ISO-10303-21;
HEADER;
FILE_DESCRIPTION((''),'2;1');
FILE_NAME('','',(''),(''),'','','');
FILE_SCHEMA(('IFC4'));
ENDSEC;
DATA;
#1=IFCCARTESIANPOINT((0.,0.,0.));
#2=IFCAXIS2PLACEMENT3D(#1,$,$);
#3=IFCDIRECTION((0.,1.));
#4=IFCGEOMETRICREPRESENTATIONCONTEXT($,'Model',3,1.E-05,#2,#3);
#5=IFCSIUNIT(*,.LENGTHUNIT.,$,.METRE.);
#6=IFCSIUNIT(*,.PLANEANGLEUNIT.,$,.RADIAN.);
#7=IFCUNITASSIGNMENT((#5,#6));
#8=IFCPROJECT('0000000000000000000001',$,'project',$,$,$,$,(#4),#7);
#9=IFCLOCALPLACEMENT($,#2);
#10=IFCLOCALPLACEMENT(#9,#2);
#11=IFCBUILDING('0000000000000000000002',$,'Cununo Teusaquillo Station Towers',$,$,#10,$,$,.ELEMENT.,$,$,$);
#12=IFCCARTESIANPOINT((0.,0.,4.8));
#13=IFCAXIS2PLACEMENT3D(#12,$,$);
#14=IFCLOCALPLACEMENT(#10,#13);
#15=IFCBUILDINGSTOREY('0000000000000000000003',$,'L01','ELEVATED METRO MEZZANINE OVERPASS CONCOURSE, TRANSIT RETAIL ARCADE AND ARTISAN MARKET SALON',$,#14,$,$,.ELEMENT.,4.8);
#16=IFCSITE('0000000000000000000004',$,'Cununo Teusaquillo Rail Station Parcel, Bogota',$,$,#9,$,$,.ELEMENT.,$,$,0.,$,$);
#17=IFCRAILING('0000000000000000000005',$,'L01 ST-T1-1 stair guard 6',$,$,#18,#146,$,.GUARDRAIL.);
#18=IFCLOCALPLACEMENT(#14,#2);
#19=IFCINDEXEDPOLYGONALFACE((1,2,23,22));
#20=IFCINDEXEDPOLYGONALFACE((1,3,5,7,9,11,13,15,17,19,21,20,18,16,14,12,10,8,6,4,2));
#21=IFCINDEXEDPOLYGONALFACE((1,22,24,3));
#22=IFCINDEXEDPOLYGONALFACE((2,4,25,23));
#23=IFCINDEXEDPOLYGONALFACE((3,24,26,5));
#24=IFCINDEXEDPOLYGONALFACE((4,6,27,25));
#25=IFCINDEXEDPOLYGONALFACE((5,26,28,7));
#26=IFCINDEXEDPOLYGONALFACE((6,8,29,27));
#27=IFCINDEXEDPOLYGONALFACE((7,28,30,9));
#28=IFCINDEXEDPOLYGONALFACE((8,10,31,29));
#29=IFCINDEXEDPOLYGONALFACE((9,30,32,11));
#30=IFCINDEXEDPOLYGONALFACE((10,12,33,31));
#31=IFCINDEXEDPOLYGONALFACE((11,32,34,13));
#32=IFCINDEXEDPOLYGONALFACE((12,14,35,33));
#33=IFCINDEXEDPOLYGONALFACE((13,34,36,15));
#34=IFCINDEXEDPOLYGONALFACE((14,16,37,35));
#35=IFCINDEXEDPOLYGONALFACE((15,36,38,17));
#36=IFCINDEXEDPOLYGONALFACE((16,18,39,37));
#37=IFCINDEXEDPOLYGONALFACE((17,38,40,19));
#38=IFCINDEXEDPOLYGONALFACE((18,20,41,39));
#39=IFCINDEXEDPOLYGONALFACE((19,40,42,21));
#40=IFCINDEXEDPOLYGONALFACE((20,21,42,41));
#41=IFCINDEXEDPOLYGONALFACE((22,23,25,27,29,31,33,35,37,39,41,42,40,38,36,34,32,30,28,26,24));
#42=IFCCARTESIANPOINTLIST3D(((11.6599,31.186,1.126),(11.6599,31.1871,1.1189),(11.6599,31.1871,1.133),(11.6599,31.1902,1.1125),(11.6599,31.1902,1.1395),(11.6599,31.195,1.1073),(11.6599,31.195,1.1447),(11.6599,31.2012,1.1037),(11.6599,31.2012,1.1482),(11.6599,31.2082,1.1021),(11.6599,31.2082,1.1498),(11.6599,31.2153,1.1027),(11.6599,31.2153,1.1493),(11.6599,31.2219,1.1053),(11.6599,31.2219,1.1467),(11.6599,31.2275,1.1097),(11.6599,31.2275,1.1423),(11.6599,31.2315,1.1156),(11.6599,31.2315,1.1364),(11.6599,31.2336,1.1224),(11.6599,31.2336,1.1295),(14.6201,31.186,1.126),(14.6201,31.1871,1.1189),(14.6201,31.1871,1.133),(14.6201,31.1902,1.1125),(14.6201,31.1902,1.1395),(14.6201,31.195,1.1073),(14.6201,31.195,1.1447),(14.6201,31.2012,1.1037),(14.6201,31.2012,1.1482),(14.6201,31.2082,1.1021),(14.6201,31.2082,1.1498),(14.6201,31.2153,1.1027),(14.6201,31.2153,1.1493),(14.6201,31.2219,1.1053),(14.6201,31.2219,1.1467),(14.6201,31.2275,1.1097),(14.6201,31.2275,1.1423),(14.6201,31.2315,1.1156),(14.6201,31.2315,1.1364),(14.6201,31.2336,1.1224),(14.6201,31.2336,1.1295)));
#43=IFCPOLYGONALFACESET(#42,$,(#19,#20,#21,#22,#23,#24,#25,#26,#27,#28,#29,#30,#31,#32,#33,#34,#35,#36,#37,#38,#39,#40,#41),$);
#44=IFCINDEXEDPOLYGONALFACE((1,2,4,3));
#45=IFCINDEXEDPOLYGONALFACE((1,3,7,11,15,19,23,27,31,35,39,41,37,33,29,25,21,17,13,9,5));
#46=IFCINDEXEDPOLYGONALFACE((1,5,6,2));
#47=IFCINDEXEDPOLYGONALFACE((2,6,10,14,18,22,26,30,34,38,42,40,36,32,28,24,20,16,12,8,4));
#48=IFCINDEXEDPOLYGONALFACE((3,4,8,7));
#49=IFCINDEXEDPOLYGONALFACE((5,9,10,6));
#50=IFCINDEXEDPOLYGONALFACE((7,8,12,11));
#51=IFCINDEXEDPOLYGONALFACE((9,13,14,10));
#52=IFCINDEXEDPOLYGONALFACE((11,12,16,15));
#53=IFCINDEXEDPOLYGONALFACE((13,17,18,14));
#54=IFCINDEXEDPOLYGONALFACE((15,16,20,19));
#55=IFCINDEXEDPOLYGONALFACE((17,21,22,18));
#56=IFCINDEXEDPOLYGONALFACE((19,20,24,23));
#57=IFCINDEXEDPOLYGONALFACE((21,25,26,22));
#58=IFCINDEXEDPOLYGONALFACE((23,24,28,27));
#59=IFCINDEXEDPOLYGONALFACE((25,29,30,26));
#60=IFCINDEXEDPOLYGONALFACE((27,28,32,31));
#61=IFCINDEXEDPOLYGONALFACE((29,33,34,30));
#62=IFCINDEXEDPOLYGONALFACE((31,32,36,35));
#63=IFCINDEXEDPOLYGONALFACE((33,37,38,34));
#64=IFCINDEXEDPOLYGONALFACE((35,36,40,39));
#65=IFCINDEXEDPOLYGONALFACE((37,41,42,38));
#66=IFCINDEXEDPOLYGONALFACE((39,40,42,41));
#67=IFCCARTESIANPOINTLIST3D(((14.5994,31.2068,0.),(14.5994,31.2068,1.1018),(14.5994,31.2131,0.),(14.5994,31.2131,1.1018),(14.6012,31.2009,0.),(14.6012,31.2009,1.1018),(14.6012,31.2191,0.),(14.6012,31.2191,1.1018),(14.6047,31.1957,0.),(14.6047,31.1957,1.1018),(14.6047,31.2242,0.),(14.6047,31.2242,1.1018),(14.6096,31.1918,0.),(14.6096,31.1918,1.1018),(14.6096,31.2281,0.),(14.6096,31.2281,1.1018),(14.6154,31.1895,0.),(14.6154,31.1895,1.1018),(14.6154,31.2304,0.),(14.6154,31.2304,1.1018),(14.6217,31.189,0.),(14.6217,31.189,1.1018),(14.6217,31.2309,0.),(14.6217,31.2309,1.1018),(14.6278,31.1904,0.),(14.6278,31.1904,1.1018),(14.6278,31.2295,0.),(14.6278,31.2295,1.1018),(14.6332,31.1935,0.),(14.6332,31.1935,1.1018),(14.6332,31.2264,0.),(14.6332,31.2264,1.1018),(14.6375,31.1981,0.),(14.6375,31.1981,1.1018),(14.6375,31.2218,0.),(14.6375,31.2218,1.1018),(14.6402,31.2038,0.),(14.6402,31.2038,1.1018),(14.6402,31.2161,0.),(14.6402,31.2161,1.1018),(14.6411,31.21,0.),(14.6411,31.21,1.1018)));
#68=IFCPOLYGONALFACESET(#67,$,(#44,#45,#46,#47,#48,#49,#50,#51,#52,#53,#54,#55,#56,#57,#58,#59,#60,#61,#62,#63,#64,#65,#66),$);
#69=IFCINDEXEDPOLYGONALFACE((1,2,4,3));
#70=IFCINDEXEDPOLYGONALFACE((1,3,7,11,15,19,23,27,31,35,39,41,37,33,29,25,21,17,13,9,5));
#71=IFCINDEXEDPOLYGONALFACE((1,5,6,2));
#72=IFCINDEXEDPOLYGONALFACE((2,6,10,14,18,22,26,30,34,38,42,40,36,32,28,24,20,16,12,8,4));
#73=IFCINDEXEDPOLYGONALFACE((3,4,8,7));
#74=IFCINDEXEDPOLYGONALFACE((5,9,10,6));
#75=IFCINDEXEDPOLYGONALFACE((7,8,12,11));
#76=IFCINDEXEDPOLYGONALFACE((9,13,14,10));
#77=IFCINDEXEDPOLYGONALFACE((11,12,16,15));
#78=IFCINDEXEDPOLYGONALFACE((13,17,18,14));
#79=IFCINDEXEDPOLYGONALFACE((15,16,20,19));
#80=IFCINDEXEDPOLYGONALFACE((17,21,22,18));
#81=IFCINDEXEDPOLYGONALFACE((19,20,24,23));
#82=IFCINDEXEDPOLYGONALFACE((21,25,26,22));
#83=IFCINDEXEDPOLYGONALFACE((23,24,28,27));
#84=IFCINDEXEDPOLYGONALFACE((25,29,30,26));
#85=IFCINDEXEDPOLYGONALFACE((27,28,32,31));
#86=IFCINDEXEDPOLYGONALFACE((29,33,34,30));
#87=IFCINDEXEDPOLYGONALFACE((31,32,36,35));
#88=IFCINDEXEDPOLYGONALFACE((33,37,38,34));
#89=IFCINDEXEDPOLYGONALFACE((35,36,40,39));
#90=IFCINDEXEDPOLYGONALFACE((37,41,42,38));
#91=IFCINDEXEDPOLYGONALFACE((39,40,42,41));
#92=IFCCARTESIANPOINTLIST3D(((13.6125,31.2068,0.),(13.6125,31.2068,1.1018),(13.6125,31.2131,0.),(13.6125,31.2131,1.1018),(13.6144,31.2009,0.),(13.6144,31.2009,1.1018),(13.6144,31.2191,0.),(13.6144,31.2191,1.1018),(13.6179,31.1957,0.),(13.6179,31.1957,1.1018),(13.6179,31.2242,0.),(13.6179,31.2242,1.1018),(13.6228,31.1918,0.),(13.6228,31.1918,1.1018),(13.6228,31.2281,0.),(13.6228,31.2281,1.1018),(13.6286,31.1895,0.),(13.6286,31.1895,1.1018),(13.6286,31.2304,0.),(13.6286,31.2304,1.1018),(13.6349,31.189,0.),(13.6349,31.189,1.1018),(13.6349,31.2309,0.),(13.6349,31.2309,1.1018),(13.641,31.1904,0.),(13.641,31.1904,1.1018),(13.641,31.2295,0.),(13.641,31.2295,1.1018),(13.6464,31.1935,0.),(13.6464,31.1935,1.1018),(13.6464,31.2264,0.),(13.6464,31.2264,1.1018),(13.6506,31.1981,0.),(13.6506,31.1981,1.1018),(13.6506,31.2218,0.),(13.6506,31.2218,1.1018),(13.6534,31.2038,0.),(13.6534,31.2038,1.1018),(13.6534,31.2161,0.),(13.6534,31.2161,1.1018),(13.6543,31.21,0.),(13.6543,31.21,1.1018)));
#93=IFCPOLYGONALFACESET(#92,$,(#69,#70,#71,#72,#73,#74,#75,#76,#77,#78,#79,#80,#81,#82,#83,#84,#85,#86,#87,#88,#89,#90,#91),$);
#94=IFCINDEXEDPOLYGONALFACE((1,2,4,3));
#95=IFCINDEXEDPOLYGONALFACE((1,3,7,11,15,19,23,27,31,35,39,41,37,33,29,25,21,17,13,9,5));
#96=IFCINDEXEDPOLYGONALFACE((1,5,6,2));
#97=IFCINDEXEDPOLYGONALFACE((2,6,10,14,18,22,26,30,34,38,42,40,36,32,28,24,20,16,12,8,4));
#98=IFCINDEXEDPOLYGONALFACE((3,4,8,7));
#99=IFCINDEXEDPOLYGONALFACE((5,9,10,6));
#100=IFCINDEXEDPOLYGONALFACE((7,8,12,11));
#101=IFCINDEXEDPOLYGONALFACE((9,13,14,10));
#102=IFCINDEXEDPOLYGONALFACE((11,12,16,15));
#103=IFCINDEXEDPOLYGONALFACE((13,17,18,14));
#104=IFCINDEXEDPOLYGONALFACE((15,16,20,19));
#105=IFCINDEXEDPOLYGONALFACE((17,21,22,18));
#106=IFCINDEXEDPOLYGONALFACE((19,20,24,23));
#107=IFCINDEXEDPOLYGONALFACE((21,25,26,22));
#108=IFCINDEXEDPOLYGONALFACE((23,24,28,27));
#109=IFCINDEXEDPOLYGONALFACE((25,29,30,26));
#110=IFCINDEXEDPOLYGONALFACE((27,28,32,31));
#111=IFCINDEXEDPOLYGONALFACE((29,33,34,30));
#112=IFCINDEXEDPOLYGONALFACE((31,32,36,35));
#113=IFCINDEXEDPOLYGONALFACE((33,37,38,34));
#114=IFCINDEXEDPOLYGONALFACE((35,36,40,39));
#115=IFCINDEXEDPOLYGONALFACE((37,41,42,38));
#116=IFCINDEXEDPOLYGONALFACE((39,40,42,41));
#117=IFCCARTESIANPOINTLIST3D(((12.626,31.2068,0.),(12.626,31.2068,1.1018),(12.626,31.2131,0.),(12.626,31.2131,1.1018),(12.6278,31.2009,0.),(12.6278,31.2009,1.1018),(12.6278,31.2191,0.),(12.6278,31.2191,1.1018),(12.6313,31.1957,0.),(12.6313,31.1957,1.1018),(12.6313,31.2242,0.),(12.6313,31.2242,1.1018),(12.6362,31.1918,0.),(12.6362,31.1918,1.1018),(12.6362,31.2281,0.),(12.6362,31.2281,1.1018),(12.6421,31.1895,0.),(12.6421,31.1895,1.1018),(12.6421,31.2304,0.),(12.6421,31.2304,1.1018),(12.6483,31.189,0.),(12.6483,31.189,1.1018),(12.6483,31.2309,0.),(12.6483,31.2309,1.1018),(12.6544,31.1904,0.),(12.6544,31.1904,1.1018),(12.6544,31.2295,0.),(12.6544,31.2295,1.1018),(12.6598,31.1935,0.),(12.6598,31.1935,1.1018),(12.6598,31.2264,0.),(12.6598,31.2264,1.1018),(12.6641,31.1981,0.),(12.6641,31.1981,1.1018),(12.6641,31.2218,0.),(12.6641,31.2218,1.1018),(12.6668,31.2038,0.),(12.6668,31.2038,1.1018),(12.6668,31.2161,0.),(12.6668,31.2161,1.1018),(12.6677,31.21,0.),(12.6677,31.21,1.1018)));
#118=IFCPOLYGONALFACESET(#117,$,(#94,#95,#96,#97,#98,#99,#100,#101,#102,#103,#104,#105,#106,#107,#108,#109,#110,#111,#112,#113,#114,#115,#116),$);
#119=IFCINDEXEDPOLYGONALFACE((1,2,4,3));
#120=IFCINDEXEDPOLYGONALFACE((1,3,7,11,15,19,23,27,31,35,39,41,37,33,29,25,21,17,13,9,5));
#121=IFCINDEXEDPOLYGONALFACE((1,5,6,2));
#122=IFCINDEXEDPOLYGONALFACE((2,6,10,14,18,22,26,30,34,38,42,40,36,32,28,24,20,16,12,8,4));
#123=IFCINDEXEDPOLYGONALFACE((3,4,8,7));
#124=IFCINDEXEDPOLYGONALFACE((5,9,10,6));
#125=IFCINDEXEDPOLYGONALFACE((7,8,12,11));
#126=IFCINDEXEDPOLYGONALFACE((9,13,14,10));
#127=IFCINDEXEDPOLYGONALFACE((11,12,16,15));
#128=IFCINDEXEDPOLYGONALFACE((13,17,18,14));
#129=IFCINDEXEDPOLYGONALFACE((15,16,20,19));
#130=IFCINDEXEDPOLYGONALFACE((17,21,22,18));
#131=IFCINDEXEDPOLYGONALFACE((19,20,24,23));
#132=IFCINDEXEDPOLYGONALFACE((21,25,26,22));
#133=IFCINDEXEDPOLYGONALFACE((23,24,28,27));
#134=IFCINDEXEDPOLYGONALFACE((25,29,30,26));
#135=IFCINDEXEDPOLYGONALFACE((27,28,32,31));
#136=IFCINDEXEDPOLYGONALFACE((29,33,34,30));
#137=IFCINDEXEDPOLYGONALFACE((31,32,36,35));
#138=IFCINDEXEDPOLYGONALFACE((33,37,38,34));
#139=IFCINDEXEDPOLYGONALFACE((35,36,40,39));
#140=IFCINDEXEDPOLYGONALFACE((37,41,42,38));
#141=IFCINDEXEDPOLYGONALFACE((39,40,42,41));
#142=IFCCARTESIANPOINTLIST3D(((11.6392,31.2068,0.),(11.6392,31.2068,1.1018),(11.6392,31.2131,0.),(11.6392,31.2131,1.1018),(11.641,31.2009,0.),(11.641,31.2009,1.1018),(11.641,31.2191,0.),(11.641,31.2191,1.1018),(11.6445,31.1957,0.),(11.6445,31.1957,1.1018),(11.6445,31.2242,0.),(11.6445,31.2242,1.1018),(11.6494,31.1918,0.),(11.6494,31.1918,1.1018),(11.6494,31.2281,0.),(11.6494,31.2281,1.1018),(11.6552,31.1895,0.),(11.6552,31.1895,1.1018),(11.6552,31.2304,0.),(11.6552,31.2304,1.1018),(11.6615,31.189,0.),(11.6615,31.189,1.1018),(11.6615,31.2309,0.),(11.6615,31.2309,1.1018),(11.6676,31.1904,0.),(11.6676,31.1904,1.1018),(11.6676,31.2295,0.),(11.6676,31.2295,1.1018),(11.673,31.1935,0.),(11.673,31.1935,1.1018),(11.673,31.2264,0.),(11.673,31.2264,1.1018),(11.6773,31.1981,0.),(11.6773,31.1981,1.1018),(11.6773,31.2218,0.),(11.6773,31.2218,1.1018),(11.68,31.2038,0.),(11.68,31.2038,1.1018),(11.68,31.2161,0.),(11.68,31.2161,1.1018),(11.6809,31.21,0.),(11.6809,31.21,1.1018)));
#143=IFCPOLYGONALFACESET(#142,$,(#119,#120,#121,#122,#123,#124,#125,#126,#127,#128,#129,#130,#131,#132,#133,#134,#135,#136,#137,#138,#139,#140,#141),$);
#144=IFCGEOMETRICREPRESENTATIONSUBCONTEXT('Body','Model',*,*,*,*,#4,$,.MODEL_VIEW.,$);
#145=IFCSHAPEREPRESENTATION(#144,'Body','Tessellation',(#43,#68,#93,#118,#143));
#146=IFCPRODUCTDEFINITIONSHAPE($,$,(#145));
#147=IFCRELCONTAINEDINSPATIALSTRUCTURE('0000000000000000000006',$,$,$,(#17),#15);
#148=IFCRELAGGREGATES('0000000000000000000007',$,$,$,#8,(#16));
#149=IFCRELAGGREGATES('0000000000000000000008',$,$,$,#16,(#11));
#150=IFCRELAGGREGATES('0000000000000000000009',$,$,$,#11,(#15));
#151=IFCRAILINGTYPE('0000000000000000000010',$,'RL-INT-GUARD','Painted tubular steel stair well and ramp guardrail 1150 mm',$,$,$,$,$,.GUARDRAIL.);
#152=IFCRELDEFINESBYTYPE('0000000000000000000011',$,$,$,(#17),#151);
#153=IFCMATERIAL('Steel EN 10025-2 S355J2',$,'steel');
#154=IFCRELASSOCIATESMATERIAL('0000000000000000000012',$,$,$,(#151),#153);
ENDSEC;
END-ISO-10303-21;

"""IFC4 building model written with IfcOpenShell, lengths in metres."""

from ifc_helpers import new_model, si_unit, direction, frame, origin, origin_2d, place, context, subcontext, project, spatial, circle, extrude, material, type_object, element, save


model = new_model("IFC4")

# Units and contexts
model_context = context("Model", 3, precision=1e-05, world=origin(), true_north=direction((0.0, 1.0)))
body_context = subcontext(model_context, "Body", "Model", "MODEL_VIEW")
ifc_project = project(units=[si_unit("LENGTHUNIT", "METRE"), si_unit("PLANEANGLEUNIT", "RADIAN")], contexts=[model_context])

# Site, building, storey
site_placement = place(None, origin())
site = spatial("IfcSite", under=ifc_project, at=site_placement, Name="Cununo Teusaquillo Rail Station Parcel, Bogota", CompositionType="ELEMENT", RefElevation=0.0)
building_placement = place(site_placement, origin())
building = spatial("IfcBuilding", under=site, at=building_placement, Name="Cununo Teusaquillo Station Towers", CompositionType="ELEMENT")
storey_placement = place(building_placement, frame((0.0, 0.0, 4.8)))
storey = spatial("IfcBuildingStorey", under=building, at=storey_placement, Name="L01", Description="ELEVATED METRO MEZZANINE OVERPASS CONCOURSE, TRANSIT RETAIL ARCADE AND ARTISAN MARKET SALON", CompositionType="ELEMENT", Elevation=4.8)

# Railing
ifc_material_1 = material(Name="Steel EN 10025-2 S355J2", Category="steel")
railing_type_1 = type_object("IfcRailingType", Name="RL-INT-GUARD", Description="Painted tubular steel stair well and ramp guardrail 1150 mm", PredefinedType="GUARDRAIL", material=ifc_material_1)
railing_1_placement = place(storey_placement, frame((14.6201, 31.21, 0.0)))
element("IfcRailing", 1, at=railing_1_placement, inside=storey, type_object=railing_type_1, Name="L01 ST-T1-1 stair guard 6", PredefinedType="GUARDRAIL", context=body_context, shape_type="SweptSolid", body=[
    extrude(circle(Radius=0.0239, at=origin_2d()), frame((0.0, 0.0, 1.126), z_axis=(-1.0, 0.0, 0.0), x_axis=(0.0, -1.0, 0.0)), (0.0, 0.0, 1.0), 2.9602),
    extrude(circle(Radius=0.021, at=origin_2d()), origin(), (0.0, 0.0, 1.0), 1.1018),
    extrude(circle(Radius=0.021, at=origin_2d()), frame((-0.9868, 0.0, 0.0)), (0.0, 0.0, 1.0), 1.1018),
    extrude(circle(Radius=0.021, at=origin_2d()), frame((-1.9734, 0.0, 0.0)), (0.0, 0.0, 1.0), 1.1018),
    extrude(circle(Radius=0.021, at=origin_2d()), frame((-2.9602, 0.0, 0.0)), (0.0, 0.0, 1.0), 1.1018),
])

save(model, "model.ifc")
